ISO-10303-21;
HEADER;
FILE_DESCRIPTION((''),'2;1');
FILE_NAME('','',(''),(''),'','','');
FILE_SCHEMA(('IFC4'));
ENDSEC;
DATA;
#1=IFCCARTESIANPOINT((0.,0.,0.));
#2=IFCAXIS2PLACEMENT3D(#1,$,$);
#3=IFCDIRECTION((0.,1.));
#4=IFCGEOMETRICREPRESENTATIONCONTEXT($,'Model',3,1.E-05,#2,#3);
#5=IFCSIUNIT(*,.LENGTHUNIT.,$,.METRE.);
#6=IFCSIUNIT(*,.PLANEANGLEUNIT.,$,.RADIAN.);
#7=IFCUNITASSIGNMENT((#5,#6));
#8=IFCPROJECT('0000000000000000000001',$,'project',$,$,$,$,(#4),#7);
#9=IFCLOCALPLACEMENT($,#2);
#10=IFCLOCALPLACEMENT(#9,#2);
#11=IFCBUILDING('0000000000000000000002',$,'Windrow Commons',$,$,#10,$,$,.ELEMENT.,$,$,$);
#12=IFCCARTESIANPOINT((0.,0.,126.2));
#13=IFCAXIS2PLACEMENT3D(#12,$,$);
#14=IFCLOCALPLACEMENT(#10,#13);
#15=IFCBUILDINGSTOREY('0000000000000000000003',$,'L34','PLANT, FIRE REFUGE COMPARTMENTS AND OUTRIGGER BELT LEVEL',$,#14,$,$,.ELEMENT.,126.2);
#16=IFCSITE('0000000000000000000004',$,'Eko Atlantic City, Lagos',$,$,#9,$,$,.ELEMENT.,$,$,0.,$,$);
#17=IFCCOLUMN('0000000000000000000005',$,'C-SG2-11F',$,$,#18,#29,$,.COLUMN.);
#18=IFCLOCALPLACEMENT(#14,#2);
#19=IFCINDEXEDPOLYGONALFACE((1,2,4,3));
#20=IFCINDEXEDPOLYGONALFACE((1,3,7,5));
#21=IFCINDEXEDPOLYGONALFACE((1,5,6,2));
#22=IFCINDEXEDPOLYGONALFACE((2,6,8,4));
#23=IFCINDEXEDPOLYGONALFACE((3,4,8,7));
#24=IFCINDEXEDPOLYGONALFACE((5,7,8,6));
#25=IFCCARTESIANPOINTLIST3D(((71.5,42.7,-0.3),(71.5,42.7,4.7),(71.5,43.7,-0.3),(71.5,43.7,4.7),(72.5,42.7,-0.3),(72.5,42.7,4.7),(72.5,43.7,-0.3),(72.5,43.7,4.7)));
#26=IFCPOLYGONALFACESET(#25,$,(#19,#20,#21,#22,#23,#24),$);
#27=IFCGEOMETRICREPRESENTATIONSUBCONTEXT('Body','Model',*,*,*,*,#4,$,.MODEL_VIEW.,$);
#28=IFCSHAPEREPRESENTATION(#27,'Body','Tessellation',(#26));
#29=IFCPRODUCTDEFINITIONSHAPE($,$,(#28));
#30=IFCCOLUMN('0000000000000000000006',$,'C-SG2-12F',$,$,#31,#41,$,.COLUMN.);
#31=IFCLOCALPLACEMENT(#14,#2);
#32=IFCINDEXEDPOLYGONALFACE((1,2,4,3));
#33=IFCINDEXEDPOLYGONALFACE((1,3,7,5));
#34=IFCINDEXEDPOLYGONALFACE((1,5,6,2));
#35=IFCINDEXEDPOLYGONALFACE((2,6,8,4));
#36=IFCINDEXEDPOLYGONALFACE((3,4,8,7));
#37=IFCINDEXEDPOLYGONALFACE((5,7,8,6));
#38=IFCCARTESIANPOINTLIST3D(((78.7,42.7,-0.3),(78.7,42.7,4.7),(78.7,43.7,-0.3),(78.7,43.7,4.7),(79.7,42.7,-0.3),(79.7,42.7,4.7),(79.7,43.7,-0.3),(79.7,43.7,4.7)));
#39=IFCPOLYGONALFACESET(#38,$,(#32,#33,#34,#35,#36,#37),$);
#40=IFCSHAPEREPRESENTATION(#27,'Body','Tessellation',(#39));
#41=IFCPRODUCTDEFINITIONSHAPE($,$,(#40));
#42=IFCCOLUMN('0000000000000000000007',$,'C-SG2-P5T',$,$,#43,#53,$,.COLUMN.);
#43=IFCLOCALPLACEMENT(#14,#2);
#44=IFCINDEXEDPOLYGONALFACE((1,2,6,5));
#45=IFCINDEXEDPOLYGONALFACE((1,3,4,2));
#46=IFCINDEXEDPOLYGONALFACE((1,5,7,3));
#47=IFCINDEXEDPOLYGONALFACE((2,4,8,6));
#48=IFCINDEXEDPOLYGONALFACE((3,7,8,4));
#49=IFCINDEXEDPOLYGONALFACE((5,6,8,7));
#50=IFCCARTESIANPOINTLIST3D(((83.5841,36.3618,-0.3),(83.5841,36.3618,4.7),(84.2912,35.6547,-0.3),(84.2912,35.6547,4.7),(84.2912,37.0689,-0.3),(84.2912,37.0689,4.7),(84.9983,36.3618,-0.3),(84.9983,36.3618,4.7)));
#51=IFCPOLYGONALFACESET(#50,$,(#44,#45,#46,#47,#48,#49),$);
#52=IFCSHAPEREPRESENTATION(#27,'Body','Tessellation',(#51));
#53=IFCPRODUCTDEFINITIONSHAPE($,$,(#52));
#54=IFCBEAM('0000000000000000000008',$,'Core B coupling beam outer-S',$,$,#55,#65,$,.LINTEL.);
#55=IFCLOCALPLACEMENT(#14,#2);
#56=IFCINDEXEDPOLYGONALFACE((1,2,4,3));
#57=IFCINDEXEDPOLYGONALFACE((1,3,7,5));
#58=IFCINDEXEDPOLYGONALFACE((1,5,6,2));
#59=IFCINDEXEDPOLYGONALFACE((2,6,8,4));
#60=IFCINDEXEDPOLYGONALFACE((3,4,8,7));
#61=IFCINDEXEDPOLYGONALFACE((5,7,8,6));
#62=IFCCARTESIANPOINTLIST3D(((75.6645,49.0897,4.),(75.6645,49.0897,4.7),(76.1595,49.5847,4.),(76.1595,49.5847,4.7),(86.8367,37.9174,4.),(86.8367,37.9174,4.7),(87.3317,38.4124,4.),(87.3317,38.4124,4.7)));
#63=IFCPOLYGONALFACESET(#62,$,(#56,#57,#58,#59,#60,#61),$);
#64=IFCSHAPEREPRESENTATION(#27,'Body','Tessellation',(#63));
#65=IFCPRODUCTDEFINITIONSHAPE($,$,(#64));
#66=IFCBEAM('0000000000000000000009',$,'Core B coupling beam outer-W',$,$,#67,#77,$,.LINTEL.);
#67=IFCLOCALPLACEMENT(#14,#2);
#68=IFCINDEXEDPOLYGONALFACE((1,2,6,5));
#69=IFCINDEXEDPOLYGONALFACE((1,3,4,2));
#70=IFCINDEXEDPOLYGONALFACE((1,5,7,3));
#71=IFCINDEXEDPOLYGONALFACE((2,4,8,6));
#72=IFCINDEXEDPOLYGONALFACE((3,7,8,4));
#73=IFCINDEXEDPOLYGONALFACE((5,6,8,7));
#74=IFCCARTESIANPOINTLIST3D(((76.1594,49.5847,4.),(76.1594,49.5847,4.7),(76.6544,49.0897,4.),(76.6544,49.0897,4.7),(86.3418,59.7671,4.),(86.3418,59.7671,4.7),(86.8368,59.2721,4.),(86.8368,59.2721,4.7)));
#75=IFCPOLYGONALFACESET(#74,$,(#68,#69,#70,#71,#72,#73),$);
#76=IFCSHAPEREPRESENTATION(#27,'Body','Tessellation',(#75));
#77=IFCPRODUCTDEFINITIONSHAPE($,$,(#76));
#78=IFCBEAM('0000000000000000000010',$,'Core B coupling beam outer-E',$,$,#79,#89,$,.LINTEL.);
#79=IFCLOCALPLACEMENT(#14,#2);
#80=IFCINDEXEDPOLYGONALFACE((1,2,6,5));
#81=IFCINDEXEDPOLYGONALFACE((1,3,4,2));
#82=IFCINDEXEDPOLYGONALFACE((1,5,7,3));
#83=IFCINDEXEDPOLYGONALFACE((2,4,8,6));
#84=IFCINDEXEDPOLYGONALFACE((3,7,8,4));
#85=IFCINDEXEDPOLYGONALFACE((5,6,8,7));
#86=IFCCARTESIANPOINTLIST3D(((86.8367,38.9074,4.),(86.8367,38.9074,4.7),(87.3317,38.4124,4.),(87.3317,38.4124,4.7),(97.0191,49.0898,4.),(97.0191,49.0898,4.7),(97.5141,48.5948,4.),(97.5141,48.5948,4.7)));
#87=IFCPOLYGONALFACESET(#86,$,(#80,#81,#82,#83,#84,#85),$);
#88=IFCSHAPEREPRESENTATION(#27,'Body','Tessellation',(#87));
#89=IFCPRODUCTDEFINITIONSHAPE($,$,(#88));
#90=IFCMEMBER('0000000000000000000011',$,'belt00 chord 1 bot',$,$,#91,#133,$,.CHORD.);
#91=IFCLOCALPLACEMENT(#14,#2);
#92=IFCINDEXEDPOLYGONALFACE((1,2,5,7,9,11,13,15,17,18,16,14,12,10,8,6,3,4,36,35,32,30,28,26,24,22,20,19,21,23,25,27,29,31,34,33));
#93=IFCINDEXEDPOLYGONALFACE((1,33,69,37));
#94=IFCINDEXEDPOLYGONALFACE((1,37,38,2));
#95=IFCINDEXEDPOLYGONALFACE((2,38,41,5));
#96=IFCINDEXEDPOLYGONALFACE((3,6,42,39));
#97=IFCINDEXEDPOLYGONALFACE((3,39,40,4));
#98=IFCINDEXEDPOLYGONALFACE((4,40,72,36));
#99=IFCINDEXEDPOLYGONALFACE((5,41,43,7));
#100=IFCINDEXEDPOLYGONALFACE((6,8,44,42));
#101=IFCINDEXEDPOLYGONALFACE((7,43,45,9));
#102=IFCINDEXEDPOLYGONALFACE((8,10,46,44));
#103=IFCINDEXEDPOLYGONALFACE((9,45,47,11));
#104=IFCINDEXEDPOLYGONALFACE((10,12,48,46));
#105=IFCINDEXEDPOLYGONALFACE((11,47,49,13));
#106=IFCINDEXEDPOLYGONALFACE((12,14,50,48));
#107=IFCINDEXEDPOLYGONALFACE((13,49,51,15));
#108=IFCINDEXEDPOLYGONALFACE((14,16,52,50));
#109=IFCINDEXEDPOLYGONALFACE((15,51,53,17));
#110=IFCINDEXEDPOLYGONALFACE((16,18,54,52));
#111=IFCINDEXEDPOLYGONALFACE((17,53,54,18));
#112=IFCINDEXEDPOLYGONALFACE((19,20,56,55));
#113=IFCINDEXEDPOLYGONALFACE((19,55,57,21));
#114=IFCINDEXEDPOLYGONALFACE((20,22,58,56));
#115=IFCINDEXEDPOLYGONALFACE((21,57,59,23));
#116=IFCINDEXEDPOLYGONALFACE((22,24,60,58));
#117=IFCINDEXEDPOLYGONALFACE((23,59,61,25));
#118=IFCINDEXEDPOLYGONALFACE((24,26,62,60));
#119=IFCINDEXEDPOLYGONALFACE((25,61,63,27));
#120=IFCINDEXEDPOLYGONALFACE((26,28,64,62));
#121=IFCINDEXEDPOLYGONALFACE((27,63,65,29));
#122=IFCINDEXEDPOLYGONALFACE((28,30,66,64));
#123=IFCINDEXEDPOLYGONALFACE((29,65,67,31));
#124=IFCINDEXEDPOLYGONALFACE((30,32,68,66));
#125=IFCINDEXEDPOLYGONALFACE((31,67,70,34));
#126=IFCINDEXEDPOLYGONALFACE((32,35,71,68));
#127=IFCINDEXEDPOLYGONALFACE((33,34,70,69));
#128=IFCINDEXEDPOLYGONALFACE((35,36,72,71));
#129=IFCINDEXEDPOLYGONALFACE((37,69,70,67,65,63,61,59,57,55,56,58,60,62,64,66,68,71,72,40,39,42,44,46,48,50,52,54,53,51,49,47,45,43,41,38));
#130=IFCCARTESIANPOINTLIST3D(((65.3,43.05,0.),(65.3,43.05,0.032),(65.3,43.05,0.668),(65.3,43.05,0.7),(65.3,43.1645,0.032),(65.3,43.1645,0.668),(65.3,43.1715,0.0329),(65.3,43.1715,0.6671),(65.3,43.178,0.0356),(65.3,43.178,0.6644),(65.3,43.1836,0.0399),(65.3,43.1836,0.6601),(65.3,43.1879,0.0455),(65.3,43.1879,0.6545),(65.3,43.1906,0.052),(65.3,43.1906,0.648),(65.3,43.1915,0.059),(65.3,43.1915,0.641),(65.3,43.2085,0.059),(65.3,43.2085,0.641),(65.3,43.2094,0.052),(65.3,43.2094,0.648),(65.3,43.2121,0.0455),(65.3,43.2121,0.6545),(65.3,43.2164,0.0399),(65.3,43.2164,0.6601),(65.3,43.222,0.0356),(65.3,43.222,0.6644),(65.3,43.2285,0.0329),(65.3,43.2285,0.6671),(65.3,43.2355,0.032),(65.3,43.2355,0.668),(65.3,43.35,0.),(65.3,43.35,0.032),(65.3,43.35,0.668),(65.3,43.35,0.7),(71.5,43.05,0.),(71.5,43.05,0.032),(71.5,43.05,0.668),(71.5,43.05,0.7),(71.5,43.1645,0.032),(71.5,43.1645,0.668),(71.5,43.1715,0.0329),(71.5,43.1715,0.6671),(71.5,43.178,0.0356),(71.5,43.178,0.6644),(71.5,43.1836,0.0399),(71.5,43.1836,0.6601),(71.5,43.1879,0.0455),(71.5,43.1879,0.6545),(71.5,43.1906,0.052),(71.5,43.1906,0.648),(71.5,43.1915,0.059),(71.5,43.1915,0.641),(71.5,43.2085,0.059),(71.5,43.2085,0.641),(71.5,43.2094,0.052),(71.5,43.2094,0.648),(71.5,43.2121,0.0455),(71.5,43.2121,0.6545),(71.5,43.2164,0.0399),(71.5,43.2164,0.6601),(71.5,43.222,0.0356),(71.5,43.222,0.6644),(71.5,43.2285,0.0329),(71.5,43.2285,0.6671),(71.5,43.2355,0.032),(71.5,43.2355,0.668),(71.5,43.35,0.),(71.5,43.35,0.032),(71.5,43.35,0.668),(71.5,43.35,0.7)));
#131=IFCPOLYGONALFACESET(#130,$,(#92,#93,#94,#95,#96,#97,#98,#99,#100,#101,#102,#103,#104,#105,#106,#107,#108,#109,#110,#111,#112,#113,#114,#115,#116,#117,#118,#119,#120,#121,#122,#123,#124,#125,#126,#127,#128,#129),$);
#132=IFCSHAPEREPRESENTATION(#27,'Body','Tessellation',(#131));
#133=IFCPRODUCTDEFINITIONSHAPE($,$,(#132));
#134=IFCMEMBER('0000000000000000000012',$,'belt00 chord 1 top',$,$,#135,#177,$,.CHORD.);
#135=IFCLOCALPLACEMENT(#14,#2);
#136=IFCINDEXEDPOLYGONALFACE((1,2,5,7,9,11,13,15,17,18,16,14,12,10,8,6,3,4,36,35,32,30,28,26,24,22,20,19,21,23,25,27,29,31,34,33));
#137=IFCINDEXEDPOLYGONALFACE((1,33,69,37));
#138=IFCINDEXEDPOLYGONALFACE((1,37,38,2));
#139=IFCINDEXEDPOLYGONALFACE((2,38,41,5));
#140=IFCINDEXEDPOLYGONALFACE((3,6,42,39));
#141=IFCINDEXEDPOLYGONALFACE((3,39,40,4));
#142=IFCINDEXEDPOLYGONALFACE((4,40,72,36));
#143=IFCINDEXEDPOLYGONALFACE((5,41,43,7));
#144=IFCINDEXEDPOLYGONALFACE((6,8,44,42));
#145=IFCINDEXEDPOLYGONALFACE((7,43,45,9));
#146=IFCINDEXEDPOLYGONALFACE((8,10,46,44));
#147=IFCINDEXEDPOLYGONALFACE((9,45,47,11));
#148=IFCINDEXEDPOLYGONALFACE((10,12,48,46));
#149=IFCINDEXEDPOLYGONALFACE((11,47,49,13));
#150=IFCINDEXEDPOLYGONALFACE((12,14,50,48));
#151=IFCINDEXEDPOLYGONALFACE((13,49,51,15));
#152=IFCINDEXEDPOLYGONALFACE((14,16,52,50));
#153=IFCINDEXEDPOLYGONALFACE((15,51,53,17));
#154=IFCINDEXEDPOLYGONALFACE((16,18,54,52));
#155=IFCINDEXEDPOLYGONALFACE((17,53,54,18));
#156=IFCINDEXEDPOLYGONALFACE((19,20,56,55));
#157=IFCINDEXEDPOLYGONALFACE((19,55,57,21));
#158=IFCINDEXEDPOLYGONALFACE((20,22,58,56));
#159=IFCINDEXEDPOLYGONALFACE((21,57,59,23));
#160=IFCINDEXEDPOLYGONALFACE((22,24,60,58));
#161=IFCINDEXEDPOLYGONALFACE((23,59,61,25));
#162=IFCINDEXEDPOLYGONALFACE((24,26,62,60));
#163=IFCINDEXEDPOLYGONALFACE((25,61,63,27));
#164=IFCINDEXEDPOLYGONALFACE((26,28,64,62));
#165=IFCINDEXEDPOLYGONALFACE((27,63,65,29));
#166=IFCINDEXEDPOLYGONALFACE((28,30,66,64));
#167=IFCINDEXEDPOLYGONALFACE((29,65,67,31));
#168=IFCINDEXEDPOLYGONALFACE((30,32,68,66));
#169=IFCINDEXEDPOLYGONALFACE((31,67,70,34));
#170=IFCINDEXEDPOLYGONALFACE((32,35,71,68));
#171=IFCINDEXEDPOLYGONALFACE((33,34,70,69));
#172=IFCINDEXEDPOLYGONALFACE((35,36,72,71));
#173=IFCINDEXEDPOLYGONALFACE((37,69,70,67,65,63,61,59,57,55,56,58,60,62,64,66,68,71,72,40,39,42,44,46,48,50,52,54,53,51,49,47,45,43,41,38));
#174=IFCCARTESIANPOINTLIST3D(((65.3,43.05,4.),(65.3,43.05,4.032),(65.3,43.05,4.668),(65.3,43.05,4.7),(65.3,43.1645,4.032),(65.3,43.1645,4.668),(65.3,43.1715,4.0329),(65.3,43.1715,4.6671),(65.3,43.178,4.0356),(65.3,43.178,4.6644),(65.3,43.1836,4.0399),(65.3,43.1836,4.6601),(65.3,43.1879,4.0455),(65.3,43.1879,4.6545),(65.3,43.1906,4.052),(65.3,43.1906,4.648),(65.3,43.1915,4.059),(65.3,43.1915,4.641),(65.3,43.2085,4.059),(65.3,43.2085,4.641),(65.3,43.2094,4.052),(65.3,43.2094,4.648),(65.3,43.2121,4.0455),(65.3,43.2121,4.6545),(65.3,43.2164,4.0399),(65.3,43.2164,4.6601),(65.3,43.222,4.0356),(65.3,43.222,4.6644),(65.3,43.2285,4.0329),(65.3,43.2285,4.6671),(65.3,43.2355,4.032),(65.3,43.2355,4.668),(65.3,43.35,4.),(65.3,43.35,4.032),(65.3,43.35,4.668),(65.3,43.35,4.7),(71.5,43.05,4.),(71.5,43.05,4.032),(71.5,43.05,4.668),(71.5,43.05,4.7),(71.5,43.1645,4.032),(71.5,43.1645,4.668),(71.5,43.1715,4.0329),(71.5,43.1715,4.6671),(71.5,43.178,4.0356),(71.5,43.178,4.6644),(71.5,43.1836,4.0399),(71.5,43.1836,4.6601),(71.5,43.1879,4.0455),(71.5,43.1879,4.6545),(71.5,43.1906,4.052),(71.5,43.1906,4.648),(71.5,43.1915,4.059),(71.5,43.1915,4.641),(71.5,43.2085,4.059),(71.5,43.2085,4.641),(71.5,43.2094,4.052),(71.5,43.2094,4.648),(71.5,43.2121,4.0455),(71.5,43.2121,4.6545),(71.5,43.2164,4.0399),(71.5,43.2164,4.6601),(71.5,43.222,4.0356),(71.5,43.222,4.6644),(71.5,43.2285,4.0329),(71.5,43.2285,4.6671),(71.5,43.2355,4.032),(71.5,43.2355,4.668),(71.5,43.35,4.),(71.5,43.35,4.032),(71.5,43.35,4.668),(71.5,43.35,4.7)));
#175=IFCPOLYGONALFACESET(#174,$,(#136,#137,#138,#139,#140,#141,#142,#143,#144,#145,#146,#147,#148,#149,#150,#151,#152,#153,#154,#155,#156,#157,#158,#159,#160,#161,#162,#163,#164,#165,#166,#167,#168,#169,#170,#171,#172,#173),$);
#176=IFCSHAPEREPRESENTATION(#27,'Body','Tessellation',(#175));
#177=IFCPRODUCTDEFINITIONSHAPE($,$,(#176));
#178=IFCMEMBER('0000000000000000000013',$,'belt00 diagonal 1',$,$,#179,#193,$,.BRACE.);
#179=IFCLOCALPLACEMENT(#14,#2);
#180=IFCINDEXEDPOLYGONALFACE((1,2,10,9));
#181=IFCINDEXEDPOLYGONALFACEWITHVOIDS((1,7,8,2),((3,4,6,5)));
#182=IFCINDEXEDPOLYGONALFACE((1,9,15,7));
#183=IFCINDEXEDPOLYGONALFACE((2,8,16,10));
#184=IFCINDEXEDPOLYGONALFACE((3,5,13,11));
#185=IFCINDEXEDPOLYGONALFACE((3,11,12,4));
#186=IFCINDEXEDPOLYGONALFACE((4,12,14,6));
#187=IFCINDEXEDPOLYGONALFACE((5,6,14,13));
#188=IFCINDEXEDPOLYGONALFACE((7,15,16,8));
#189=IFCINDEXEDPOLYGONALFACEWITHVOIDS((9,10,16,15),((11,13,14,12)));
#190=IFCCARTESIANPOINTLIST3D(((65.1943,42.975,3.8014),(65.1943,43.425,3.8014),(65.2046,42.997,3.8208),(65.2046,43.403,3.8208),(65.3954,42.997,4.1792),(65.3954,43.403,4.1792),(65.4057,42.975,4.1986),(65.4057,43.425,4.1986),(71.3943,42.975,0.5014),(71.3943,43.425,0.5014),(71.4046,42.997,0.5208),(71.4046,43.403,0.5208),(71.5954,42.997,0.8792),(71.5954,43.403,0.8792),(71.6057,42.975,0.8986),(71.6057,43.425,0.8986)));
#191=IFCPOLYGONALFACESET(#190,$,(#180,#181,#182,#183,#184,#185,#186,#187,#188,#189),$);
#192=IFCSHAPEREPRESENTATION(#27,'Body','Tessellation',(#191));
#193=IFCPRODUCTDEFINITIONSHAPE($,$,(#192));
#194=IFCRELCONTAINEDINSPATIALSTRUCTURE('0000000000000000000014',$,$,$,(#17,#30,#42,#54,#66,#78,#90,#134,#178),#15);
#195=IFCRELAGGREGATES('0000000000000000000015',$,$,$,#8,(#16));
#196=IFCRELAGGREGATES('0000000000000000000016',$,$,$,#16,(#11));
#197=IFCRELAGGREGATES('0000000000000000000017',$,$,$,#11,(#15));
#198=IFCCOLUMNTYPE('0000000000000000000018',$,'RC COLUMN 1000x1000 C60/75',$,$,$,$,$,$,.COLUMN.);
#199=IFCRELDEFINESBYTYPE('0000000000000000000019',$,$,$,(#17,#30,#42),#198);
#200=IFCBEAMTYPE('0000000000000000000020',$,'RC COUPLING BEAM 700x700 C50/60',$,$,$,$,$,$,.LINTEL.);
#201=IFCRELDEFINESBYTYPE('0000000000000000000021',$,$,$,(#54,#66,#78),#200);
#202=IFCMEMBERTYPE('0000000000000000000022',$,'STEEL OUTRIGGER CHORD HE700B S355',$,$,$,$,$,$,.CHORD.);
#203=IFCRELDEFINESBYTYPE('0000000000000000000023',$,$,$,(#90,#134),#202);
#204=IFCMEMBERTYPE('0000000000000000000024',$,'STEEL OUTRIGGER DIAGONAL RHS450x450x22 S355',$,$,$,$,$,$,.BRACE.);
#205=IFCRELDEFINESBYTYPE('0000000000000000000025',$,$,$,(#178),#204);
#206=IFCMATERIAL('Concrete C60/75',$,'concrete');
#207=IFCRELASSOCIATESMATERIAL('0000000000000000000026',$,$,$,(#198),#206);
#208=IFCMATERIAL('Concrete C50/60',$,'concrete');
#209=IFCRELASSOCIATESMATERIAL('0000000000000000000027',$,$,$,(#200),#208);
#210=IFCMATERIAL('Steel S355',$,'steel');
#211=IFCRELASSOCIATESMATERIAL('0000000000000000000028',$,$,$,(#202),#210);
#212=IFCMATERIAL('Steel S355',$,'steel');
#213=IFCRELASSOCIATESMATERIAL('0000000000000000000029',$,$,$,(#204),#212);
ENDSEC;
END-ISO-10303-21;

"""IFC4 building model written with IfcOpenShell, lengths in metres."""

from ifc_helpers import new_model, si_unit, direction, frame, origin, origin_2d, place, context, subcontext, project, spatial, rectangle, hollow_rectangle, i_section, extrude, material, material_profile, profile_set, type_object, element, save


model = new_model("IFC4")

# Units and contexts
model_context = context("Model", 3, precision=1e-05, world=origin(), true_north=direction((0.0, 1.0)))
body_context = subcontext(model_context, "Body", "Model", "MODEL_VIEW")
ifc_project = project(units=[si_unit("LENGTHUNIT", "METRE"), si_unit("PLANEANGLEUNIT", "RADIAN")], contexts=[model_context])

# Site, building, storey
site_placement = place(None, origin())
site = spatial("IfcSite", under=ifc_project, at=site_placement, Name="Eko Atlantic City, Lagos", CompositionType="ELEMENT", RefElevation=0.0)
building_placement = place(site_placement, origin())
building = spatial("IfcBuilding", under=site, at=building_placement, Name="Windrow Commons", CompositionType="ELEMENT")
storey_placement = place(building_placement, frame((0.0, 0.0, 126.2)))
storey = spatial("IfcBuildingStorey", under=building, at=storey_placement, Name="L34", Description="PLANT, FIRE REFUGE COMPARTMENTS AND OUTRIGGER BELT LEVEL", CompositionType="ELEMENT", Elevation=126.2)

# Columns
ifc_material_1 = material(Name="Concrete C60/75", Category="concrete")
ifc_material_profile_1 = material_profile(ifc_material_1, rectangle(XDim=1.0, YDim=1.0, at=origin_2d()))
ifc_profile_set_1 = profile_set([ifc_material_profile_1], Name="Concrete C60/75")
column_type = type_object("IfcColumnType", Name="RC COLUMN 1000x1000 C60/75", PredefinedType="COLUMN", material=ifc_profile_set_1)
for number, where, z_axis, x_axis, name in (
    (1, (72.0, 43.2, -0.3), (0.0, 0.0, 1.0), (1.0, 0.0, 0.0), "C-SG2-11F"),
    (2, (79.2, 43.2, -0.3), (0.0, 0.0, 1.0), (1.0, 0.0, 0.0), "C-SG2-12F"),
    (3, (84.2912, 36.3618, -0.3), (0.0, 0.0, 1.0), (0.707107, -0.707107, 0.0), "C-SG2-P5T"),
):
    element("IfcColumn", number, at=place(storey_placement, frame(where, z_axis=z_axis, x_axis=x_axis)), inside=storey, type_object=column_type, Name=name, PredefinedType="COLUMN", context=body_context, shape_type="SweptSolid", body=[
        extrude(rectangle(XDim=1.0, YDim=1.0, at=origin_2d()), origin(), (0.0, 0.0, 1.0), 5.0),
    ])

# Beams
ifc_material_2 = material(Name="Concrete C50/60", Category="concrete")
ifc_material_profile_2 = material_profile(ifc_material_2, rectangle(XDim=0.7, YDim=0.7, at=origin_2d()))
ifc_profile_set_2 = profile_set([ifc_material_profile_2], Name="Concrete C50/60")
beam_type = type_object("IfcBeamType", Name="RC COUPLING BEAM 700x700 C50/60", PredefinedType="LINTEL", material=ifc_profile_set_2)
beam_placement = place(storey_placement, frame((75.912, 49.3372, 4.35), z_axis=(0.707104, -0.70711, 0.0), x_axis=(0.70711, 0.707104, 0.0)))
element("IfcBeam", 4, at=beam_placement, inside=storey, type_object=beam_type, Name="Core B coupling beam outer-S", PredefinedType="LINTEL", context=body_context, shape_type="SweptSolid", body=[
    extrude(rectangle(XDim=0.7, YDim=0.7, at=origin_2d()), origin(), (0.0, 0.0, 1.0), 15.7999),
])
for number, where, z_axis, x_axis, name in (
    (5, (76.4069, 49.3372, 4.35), (0.707107, 0.707107, 0.0), (-0.707107, 0.707107, 0.0), "Core B coupling beam outer-W"),
    (6, (87.0842, 38.6599, 4.35), (0.707107, 0.707107, 0.0), (-0.707107, 0.707107, 0.0), "Core B coupling beam outer-E"),
):
    element("IfcBeam", number, at=place(storey_placement, frame(where, z_axis=z_axis, x_axis=x_axis)), inside=storey, type_object=beam_type, Name=name, PredefinedType="LINTEL", context=body_context, shape_type="SweptSolid", body=[
        extrude(rectangle(XDim=0.7, YDim=0.7, at=origin_2d()), origin(), (0.0, 0.0, 1.0), 14.4001),
    ])

# Members
ifc_material_3 = material(Name="Steel S355", Category="steel")
ifc_material_profile_3 = material_profile(ifc_material_3, i_section(OverallWidth=0.3, OverallDepth=0.7, WebThickness=0.017, FlangeThickness=0.032, FilletRadius=0.027, at=origin_2d()))
ifc_profile_set_3 = profile_set([ifc_material_profile_3], Name="Steel S355")
member_type_1 = type_object("IfcMemberType", Name="STEEL OUTRIGGER CHORD HE700B S355", PredefinedType="CHORD", material=ifc_profile_set_3)
for number, where, z_axis, x_axis, name in (
    (7, (71.5, 43.2, 0.35), (-1.0, 0.0, 0.0), (0.0, -1.0, 0.0), "belt00 chord 1 bot"),
    (8, (71.5, 43.2, 4.35), (-1.0, 0.0, 0.0), (0.0, -1.0, 0.0), "belt00 chord 1 top"),
):
    element("IfcMember", number, at=place(storey_placement, frame(where, z_axis=z_axis, x_axis=x_axis)), inside=storey, type_object=member_type_1, Name=name, PredefinedType="CHORD", context=body_context, shape_type="SweptSolid", body=[
        extrude(i_section(OverallWidth=0.3, OverallDepth=0.7, WebThickness=0.017, FlangeThickness=0.032, FilletRadius=0.027, at=origin_2d()), origin(), (0.0, 0.0, 1.0), 6.2),
    ])
ifc_material_4 = material(Name="Steel S355", Category="steel")
ifc_material_profile_4 = material_profile(ifc_material_4, hollow_rectangle(XDim=0.45, YDim=0.45, WallThickness=0.022, at=origin_2d()))
ifc_profile_set_4 = profile_set([ifc_material_profile_4], Name="Steel S355")
member_type_2 = type_object("IfcMemberType", Name="STEEL OUTRIGGER DIAGONAL RHS450x450x22 S355", PredefinedType="BRACE", material=ifc_profile_set_4)
member_placement = place(storey_placement, frame((71.5, 43.2, 0.7), z_axis=(-0.882747, 0.0, 0.469849), x_axis=(0.0, -1.0, 0.0)))
element("IfcMember", 9, at=member_placement, inside=storey, type_object=member_type_2, Name="belt00 diagonal 1", PredefinedType="BRACE", context=body_context, shape_type="SweptSolid", body=[
    extrude(hollow_rectangle(XDim=0.45, YDim=0.45, WallThickness=0.022, at=origin_2d()), origin(), (0.0, 0.0, 1.0), 7.0235),
])

save(model, "model.ifc")
